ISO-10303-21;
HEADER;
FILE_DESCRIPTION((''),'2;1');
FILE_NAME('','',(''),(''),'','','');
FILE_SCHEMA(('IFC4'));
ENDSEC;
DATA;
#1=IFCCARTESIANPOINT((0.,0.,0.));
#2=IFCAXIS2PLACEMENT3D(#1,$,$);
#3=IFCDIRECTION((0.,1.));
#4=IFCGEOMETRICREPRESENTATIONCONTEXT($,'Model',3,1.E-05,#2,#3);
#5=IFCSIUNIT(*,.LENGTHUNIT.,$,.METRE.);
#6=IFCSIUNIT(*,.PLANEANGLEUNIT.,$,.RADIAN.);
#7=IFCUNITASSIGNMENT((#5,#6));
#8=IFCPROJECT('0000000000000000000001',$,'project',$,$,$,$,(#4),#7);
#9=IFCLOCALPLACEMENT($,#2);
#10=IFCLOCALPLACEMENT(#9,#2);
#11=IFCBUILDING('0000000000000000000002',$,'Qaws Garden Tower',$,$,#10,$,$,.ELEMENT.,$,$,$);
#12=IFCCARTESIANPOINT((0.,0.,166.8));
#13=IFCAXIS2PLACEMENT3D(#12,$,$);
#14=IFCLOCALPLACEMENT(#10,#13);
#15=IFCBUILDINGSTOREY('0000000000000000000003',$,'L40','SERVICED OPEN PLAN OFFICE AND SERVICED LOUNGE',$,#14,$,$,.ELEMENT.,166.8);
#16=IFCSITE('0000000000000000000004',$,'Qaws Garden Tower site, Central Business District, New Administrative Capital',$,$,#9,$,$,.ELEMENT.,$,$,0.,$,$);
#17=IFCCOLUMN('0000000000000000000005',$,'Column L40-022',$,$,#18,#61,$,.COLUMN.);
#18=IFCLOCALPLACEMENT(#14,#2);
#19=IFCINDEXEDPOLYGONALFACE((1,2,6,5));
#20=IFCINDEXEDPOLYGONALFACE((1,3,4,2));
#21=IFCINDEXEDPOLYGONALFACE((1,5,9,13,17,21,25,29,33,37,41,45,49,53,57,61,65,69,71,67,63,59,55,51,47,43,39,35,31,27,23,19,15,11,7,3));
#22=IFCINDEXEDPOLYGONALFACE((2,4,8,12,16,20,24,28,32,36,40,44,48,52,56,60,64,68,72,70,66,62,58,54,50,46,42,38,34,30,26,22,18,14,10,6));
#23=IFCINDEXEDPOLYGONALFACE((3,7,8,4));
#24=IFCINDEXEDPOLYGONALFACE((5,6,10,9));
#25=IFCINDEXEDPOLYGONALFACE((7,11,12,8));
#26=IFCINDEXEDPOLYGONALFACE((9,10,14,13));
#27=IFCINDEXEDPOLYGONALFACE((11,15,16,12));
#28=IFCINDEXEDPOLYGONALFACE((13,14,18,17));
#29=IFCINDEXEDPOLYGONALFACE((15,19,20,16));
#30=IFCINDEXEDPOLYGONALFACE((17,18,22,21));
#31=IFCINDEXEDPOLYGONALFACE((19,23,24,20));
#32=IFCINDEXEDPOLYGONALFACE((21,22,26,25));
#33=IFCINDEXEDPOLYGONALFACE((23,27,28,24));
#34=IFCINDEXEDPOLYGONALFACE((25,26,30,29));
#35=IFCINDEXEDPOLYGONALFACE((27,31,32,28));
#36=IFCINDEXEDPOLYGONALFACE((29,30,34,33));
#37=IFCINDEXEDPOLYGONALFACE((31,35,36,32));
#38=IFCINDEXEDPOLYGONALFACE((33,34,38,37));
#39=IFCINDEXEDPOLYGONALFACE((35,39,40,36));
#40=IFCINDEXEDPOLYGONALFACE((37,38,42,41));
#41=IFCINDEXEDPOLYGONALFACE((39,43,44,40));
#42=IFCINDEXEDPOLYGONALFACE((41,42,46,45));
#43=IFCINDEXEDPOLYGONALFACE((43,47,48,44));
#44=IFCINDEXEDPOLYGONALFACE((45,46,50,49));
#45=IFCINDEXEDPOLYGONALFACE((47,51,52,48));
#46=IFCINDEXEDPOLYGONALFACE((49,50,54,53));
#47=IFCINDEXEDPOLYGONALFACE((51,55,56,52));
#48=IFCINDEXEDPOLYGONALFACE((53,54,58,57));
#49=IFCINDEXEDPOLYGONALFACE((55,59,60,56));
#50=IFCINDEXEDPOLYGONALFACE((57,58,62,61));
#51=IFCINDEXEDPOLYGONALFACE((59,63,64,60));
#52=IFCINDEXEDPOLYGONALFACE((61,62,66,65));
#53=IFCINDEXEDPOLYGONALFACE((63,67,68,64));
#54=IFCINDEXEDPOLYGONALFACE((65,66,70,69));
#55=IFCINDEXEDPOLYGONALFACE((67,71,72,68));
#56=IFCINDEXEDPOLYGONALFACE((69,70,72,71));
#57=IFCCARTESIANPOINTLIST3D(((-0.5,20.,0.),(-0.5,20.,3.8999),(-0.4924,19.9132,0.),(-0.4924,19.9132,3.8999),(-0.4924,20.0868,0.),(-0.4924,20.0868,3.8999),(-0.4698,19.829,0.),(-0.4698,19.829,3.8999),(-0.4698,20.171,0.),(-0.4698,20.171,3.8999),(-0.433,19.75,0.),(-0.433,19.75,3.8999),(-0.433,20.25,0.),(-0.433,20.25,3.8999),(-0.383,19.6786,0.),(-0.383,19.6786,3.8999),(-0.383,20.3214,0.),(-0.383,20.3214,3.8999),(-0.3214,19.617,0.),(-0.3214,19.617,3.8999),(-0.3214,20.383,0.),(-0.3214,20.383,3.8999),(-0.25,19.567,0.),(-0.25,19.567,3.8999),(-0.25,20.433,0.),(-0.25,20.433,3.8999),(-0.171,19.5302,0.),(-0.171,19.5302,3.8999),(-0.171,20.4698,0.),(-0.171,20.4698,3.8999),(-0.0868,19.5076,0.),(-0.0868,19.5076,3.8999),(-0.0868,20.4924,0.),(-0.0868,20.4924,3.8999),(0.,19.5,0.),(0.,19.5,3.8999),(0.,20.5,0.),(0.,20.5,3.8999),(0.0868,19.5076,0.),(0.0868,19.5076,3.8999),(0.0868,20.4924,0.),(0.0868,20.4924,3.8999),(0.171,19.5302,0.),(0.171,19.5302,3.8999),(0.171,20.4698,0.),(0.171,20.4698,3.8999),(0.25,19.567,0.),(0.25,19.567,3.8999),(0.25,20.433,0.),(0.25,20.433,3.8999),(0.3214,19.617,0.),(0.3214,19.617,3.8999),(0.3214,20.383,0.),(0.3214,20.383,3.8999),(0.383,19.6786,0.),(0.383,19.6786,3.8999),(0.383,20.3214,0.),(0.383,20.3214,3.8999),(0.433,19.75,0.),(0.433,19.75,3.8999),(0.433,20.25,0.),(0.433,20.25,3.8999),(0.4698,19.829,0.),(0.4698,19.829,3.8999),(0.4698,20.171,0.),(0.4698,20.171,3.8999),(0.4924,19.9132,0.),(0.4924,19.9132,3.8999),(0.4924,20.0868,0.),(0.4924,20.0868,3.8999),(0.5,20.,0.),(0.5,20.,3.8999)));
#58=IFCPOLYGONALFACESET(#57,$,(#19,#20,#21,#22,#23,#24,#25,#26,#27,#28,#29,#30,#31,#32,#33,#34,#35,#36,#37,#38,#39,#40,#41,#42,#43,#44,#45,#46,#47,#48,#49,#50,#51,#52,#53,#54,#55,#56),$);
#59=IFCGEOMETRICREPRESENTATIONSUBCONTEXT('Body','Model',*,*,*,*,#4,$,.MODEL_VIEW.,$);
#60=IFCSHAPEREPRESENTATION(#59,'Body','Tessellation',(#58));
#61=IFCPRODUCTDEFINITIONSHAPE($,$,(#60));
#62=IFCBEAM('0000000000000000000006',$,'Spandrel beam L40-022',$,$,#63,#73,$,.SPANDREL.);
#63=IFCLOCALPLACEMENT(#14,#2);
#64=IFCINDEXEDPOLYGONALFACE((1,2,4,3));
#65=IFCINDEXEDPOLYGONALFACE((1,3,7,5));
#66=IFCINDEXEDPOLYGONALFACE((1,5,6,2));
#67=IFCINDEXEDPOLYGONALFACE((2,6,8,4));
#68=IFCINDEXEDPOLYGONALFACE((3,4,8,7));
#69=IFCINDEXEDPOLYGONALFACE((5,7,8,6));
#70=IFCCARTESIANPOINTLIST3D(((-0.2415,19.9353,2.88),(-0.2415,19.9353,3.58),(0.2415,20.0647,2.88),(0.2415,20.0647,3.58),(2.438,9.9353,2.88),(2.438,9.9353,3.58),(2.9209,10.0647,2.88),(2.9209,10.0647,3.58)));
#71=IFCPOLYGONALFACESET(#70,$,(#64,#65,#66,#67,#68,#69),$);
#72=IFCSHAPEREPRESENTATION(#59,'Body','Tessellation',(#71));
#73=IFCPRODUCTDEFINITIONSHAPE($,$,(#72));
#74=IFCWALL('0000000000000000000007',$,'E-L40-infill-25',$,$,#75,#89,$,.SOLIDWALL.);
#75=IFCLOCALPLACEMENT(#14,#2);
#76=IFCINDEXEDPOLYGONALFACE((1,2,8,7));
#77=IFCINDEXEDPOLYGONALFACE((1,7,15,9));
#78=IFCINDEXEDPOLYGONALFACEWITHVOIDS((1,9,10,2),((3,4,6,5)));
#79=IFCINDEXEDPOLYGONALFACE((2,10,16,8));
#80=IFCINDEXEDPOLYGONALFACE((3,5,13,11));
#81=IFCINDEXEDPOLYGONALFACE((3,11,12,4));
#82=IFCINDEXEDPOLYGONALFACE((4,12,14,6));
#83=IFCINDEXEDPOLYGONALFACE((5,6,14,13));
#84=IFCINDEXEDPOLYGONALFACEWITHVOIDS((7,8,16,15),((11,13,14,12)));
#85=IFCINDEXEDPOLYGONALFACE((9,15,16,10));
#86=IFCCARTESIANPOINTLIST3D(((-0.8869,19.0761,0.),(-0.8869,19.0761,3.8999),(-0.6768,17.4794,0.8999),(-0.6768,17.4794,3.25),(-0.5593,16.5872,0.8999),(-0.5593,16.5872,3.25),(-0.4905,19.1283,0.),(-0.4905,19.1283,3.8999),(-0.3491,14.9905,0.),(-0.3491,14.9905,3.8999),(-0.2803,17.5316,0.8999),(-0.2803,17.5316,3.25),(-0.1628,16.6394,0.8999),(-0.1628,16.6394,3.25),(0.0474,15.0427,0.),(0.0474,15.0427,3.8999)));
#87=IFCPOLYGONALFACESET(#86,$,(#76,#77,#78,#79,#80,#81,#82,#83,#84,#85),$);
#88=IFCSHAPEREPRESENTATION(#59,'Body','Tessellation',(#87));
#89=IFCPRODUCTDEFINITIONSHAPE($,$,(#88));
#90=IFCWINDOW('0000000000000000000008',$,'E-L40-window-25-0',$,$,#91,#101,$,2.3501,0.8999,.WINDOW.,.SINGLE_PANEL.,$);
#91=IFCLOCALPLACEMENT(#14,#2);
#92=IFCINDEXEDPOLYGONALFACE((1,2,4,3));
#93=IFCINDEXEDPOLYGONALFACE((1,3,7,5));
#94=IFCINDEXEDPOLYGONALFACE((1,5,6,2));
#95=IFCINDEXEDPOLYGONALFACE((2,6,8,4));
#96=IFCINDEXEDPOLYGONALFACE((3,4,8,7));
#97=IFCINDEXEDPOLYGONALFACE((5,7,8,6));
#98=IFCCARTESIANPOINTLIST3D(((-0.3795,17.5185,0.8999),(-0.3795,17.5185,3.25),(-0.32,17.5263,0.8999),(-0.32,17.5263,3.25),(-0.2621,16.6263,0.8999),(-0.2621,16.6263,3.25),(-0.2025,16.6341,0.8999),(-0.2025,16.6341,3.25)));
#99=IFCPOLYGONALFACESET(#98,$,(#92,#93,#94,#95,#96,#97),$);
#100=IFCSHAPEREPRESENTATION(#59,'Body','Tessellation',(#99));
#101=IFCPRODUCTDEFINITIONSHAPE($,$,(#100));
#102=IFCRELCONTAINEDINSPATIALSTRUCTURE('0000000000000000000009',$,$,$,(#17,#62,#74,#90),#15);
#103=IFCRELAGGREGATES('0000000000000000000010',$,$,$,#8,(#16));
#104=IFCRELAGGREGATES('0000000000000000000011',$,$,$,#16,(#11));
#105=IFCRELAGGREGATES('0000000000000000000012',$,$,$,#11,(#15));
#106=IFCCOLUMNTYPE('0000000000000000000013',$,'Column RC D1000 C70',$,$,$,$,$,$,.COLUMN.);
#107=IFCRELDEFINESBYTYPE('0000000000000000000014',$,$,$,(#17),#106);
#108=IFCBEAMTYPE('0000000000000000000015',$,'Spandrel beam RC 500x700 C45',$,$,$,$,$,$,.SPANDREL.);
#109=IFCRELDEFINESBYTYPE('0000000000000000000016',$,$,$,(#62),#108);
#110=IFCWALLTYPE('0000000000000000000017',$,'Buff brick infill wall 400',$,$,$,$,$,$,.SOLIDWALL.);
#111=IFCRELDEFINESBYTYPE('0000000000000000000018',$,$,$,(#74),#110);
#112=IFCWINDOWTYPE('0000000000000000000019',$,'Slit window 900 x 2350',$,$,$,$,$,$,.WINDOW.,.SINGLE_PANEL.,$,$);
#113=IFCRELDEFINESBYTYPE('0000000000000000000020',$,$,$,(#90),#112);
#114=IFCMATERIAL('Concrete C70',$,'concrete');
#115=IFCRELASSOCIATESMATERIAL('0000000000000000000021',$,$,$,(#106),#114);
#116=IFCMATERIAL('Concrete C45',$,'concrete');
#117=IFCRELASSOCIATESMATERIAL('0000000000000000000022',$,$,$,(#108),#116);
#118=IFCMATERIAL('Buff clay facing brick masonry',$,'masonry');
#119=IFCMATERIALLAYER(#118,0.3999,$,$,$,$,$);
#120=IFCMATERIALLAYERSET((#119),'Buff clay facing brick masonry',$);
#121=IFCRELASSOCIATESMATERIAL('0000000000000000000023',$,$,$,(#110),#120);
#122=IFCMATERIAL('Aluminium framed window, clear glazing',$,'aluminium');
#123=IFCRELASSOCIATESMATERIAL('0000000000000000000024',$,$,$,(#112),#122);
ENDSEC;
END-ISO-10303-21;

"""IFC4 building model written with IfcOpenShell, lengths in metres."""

from ifc_helpers import new_model, si_unit, direction, frame, frame_2d, origin, origin_2d, place, context, subcontext, project, spatial, rectangle, circle, extrude, material, layer, layer_set, material_profile, profile_set, type_object, element, fill, save


model = new_model("IFC4")

# Units and contexts
model_context = context("Model", 3, precision=1e-05, world=origin(), true_north=direction((0.0, 1.0)))
body_context = subcontext(model_context, "Body", "Model", "MODEL_VIEW")
ifc_project = project(units=[si_unit("LENGTHUNIT", "METRE"), si_unit("PLANEANGLEUNIT", "RADIAN")], contexts=[model_context])

# Site, building, storey
site_placement = place(None, origin())
site = spatial("IfcSite", under=ifc_project, at=site_placement, Name="Qaws Garden Tower site, Central Business District, New Administrative Capital", CompositionType="ELEMENT", RefElevation=0.0)
building_placement = place(site_placement, origin())
building = spatial("IfcBuilding", under=site, at=building_placement, Name="Qaws Garden Tower", CompositionType="ELEMENT")
storey_placement = place(building_placement, frame((0.0, 0.0, 166.8)))
storey = spatial("IfcBuildingStorey", under=building, at=storey_placement, Name="L40", Description="SERVICED OPEN PLAN OFFICE AND SERVICED LOUNGE", CompositionType="ELEMENT", Elevation=166.8)

# Column
ifc_material_1 = material(Name="Concrete C70", Category="concrete")
ifc_material_profile_1 = material_profile(ifc_material_1, circle(Radius=0.5, at=origin_2d()), Name="RC D1000")
ifc_profile_set_1 = profile_set([ifc_material_profile_1], Name="Concrete C70")
column_type = type_object("IfcColumnType", Name="Column RC D1000 C70", PredefinedType="COLUMN", material=ifc_profile_set_1)
column_placement = place(storey_placement, frame((0.0, 20.0, 0.0), z_axis=(0.0, 0.0, 1.0), x_axis=(1.0, 0.0, 0.0)))
element("IfcColumn", 1, at=column_placement, inside=storey, type_object=column_type, Name="Column L40-022", PredefinedType="COLUMN", context=body_context, shape_type="SweptSolid", body=[
    extrude(circle(Radius=0.5, at=origin_2d()), origin(), (0.0, 0.0, 1.0), 3.8999),
])

# Beam
ifc_material_2 = material(Name="Concrete C45", Category="concrete")
ifc_material_profile_2 = material_profile(ifc_material_2, rectangle(XDim=0.5, YDim=0.7, at=origin_2d()), Name="RC 500x700")
ifc_profile_set_2 = profile_set([ifc_material_profile_2], Name="Concrete C45")
beam_type = type_object("IfcBeamType", Name="Spandrel beam RC 500x700 C45", PredefinedType="SPANDREL", material=ifc_profile_set_2)
beam_placement = place(storey_placement, frame((0.0, 20.0, 3.23), z_axis=(0.258815, -0.965927, 0.0), x_axis=(0.965927, 0.258815, 0.0)))
element("IfcBeam", 2, at=beam_placement, inside=storey, type_object=beam_type, Name="Spandrel beam L40-022", PredefinedType="SPANDREL", context=body_context, shape_type="SweptSolid", body=[
    extrude(rectangle(XDim=0.5, YDim=0.7, at=origin_2d()), origin(), (0.0, 0.0, 1.0), 10.3528),
])

# Wall, opening, window
ifc_material_3 = material(Name="Buff clay facing brick masonry", Category="masonry")
ifc_layer_1 = layer(ifc_material_3, 0.3999)
ifc_layer_set_1 = layer_set([ifc_layer_1], Name="Buff clay facing brick masonry")
wall_type_1 = type_object("IfcWallType", Name="Buff brick infill wall 400", PredefinedType="SOLIDWALL", material=ifc_layer_set_1)
wall_1_placement = place(storey_placement, frame((-0.6887, 19.1023, 0.0), z_axis=(0.0, 0.0, 1.0), x_axis=(0.130514, -0.991446, 0.0)))
wall_1 = element("IfcWall", 3, at=wall_1_placement, inside=storey, type_object=wall_type_1, Name="E-L40-infill-25", PredefinedType="SOLIDWALL", context=body_context, shape_type="SweptSolid", body=[
    extrude(rectangle(XDim=4.1208, YDim=0.3999, at=frame_2d((2.0605, 0.0))), origin(), (0.0, 0.0, 1.0), 3.8999),
])
opening_1_placement = place(wall_1_placement, frame((1.6106, 0.0, 0.8999)))
opening_1 = element("IfcOpeningElement", 4, at=opening_1_placement, cuts=wall_1, PredefinedType="OPENING", context=body_context, shape_type="SweptSolid", body=[
    extrude(rectangle(XDim=0.8999, YDim=2.3501, at=frame_2d((0.45, 1.175))), frame((0.0, 0.21, 0.0), z_axis=(0.0, -1.0, 0.0), x_axis=(1.0, 0.0, 0.0)), (0.0, 0.0, 1.0), 0.4199),
])
ifc_material_4 = material(Name="Aluminium framed window, clear glazing", Category="aluminium")
window_type = type_object("IfcWindowType", Name="Slit window 900 x 2350", PartitioningType="SINGLE_PANEL", PredefinedType="WINDOW", material=ifc_material_4)
window_placement = place(opening_1_placement, origin())
window = element("IfcWindow", 5, at=window_placement, inside=storey, type_object=window_type, Name="E-L40-window-25-0", OverallHeight=2.3501, OverallWidth=0.8999, PartitioningType="SINGLE_PANEL", PredefinedType="WINDOW", context=body_context, shape_type="SweptSolid", body=[
    extrude(rectangle(XDim=0.8999, YDim=2.3501, at=frame_2d((0.45, 1.175))), frame((0.0, 0.1599, 0.0), z_axis=(0.0, -1.0, 0.0), x_axis=(1.0, 0.0, 0.0)), (0.0, 0.0, 1.0), 0.0601),
])
fill(opening_1, window)

save(model, "model.ifc")
